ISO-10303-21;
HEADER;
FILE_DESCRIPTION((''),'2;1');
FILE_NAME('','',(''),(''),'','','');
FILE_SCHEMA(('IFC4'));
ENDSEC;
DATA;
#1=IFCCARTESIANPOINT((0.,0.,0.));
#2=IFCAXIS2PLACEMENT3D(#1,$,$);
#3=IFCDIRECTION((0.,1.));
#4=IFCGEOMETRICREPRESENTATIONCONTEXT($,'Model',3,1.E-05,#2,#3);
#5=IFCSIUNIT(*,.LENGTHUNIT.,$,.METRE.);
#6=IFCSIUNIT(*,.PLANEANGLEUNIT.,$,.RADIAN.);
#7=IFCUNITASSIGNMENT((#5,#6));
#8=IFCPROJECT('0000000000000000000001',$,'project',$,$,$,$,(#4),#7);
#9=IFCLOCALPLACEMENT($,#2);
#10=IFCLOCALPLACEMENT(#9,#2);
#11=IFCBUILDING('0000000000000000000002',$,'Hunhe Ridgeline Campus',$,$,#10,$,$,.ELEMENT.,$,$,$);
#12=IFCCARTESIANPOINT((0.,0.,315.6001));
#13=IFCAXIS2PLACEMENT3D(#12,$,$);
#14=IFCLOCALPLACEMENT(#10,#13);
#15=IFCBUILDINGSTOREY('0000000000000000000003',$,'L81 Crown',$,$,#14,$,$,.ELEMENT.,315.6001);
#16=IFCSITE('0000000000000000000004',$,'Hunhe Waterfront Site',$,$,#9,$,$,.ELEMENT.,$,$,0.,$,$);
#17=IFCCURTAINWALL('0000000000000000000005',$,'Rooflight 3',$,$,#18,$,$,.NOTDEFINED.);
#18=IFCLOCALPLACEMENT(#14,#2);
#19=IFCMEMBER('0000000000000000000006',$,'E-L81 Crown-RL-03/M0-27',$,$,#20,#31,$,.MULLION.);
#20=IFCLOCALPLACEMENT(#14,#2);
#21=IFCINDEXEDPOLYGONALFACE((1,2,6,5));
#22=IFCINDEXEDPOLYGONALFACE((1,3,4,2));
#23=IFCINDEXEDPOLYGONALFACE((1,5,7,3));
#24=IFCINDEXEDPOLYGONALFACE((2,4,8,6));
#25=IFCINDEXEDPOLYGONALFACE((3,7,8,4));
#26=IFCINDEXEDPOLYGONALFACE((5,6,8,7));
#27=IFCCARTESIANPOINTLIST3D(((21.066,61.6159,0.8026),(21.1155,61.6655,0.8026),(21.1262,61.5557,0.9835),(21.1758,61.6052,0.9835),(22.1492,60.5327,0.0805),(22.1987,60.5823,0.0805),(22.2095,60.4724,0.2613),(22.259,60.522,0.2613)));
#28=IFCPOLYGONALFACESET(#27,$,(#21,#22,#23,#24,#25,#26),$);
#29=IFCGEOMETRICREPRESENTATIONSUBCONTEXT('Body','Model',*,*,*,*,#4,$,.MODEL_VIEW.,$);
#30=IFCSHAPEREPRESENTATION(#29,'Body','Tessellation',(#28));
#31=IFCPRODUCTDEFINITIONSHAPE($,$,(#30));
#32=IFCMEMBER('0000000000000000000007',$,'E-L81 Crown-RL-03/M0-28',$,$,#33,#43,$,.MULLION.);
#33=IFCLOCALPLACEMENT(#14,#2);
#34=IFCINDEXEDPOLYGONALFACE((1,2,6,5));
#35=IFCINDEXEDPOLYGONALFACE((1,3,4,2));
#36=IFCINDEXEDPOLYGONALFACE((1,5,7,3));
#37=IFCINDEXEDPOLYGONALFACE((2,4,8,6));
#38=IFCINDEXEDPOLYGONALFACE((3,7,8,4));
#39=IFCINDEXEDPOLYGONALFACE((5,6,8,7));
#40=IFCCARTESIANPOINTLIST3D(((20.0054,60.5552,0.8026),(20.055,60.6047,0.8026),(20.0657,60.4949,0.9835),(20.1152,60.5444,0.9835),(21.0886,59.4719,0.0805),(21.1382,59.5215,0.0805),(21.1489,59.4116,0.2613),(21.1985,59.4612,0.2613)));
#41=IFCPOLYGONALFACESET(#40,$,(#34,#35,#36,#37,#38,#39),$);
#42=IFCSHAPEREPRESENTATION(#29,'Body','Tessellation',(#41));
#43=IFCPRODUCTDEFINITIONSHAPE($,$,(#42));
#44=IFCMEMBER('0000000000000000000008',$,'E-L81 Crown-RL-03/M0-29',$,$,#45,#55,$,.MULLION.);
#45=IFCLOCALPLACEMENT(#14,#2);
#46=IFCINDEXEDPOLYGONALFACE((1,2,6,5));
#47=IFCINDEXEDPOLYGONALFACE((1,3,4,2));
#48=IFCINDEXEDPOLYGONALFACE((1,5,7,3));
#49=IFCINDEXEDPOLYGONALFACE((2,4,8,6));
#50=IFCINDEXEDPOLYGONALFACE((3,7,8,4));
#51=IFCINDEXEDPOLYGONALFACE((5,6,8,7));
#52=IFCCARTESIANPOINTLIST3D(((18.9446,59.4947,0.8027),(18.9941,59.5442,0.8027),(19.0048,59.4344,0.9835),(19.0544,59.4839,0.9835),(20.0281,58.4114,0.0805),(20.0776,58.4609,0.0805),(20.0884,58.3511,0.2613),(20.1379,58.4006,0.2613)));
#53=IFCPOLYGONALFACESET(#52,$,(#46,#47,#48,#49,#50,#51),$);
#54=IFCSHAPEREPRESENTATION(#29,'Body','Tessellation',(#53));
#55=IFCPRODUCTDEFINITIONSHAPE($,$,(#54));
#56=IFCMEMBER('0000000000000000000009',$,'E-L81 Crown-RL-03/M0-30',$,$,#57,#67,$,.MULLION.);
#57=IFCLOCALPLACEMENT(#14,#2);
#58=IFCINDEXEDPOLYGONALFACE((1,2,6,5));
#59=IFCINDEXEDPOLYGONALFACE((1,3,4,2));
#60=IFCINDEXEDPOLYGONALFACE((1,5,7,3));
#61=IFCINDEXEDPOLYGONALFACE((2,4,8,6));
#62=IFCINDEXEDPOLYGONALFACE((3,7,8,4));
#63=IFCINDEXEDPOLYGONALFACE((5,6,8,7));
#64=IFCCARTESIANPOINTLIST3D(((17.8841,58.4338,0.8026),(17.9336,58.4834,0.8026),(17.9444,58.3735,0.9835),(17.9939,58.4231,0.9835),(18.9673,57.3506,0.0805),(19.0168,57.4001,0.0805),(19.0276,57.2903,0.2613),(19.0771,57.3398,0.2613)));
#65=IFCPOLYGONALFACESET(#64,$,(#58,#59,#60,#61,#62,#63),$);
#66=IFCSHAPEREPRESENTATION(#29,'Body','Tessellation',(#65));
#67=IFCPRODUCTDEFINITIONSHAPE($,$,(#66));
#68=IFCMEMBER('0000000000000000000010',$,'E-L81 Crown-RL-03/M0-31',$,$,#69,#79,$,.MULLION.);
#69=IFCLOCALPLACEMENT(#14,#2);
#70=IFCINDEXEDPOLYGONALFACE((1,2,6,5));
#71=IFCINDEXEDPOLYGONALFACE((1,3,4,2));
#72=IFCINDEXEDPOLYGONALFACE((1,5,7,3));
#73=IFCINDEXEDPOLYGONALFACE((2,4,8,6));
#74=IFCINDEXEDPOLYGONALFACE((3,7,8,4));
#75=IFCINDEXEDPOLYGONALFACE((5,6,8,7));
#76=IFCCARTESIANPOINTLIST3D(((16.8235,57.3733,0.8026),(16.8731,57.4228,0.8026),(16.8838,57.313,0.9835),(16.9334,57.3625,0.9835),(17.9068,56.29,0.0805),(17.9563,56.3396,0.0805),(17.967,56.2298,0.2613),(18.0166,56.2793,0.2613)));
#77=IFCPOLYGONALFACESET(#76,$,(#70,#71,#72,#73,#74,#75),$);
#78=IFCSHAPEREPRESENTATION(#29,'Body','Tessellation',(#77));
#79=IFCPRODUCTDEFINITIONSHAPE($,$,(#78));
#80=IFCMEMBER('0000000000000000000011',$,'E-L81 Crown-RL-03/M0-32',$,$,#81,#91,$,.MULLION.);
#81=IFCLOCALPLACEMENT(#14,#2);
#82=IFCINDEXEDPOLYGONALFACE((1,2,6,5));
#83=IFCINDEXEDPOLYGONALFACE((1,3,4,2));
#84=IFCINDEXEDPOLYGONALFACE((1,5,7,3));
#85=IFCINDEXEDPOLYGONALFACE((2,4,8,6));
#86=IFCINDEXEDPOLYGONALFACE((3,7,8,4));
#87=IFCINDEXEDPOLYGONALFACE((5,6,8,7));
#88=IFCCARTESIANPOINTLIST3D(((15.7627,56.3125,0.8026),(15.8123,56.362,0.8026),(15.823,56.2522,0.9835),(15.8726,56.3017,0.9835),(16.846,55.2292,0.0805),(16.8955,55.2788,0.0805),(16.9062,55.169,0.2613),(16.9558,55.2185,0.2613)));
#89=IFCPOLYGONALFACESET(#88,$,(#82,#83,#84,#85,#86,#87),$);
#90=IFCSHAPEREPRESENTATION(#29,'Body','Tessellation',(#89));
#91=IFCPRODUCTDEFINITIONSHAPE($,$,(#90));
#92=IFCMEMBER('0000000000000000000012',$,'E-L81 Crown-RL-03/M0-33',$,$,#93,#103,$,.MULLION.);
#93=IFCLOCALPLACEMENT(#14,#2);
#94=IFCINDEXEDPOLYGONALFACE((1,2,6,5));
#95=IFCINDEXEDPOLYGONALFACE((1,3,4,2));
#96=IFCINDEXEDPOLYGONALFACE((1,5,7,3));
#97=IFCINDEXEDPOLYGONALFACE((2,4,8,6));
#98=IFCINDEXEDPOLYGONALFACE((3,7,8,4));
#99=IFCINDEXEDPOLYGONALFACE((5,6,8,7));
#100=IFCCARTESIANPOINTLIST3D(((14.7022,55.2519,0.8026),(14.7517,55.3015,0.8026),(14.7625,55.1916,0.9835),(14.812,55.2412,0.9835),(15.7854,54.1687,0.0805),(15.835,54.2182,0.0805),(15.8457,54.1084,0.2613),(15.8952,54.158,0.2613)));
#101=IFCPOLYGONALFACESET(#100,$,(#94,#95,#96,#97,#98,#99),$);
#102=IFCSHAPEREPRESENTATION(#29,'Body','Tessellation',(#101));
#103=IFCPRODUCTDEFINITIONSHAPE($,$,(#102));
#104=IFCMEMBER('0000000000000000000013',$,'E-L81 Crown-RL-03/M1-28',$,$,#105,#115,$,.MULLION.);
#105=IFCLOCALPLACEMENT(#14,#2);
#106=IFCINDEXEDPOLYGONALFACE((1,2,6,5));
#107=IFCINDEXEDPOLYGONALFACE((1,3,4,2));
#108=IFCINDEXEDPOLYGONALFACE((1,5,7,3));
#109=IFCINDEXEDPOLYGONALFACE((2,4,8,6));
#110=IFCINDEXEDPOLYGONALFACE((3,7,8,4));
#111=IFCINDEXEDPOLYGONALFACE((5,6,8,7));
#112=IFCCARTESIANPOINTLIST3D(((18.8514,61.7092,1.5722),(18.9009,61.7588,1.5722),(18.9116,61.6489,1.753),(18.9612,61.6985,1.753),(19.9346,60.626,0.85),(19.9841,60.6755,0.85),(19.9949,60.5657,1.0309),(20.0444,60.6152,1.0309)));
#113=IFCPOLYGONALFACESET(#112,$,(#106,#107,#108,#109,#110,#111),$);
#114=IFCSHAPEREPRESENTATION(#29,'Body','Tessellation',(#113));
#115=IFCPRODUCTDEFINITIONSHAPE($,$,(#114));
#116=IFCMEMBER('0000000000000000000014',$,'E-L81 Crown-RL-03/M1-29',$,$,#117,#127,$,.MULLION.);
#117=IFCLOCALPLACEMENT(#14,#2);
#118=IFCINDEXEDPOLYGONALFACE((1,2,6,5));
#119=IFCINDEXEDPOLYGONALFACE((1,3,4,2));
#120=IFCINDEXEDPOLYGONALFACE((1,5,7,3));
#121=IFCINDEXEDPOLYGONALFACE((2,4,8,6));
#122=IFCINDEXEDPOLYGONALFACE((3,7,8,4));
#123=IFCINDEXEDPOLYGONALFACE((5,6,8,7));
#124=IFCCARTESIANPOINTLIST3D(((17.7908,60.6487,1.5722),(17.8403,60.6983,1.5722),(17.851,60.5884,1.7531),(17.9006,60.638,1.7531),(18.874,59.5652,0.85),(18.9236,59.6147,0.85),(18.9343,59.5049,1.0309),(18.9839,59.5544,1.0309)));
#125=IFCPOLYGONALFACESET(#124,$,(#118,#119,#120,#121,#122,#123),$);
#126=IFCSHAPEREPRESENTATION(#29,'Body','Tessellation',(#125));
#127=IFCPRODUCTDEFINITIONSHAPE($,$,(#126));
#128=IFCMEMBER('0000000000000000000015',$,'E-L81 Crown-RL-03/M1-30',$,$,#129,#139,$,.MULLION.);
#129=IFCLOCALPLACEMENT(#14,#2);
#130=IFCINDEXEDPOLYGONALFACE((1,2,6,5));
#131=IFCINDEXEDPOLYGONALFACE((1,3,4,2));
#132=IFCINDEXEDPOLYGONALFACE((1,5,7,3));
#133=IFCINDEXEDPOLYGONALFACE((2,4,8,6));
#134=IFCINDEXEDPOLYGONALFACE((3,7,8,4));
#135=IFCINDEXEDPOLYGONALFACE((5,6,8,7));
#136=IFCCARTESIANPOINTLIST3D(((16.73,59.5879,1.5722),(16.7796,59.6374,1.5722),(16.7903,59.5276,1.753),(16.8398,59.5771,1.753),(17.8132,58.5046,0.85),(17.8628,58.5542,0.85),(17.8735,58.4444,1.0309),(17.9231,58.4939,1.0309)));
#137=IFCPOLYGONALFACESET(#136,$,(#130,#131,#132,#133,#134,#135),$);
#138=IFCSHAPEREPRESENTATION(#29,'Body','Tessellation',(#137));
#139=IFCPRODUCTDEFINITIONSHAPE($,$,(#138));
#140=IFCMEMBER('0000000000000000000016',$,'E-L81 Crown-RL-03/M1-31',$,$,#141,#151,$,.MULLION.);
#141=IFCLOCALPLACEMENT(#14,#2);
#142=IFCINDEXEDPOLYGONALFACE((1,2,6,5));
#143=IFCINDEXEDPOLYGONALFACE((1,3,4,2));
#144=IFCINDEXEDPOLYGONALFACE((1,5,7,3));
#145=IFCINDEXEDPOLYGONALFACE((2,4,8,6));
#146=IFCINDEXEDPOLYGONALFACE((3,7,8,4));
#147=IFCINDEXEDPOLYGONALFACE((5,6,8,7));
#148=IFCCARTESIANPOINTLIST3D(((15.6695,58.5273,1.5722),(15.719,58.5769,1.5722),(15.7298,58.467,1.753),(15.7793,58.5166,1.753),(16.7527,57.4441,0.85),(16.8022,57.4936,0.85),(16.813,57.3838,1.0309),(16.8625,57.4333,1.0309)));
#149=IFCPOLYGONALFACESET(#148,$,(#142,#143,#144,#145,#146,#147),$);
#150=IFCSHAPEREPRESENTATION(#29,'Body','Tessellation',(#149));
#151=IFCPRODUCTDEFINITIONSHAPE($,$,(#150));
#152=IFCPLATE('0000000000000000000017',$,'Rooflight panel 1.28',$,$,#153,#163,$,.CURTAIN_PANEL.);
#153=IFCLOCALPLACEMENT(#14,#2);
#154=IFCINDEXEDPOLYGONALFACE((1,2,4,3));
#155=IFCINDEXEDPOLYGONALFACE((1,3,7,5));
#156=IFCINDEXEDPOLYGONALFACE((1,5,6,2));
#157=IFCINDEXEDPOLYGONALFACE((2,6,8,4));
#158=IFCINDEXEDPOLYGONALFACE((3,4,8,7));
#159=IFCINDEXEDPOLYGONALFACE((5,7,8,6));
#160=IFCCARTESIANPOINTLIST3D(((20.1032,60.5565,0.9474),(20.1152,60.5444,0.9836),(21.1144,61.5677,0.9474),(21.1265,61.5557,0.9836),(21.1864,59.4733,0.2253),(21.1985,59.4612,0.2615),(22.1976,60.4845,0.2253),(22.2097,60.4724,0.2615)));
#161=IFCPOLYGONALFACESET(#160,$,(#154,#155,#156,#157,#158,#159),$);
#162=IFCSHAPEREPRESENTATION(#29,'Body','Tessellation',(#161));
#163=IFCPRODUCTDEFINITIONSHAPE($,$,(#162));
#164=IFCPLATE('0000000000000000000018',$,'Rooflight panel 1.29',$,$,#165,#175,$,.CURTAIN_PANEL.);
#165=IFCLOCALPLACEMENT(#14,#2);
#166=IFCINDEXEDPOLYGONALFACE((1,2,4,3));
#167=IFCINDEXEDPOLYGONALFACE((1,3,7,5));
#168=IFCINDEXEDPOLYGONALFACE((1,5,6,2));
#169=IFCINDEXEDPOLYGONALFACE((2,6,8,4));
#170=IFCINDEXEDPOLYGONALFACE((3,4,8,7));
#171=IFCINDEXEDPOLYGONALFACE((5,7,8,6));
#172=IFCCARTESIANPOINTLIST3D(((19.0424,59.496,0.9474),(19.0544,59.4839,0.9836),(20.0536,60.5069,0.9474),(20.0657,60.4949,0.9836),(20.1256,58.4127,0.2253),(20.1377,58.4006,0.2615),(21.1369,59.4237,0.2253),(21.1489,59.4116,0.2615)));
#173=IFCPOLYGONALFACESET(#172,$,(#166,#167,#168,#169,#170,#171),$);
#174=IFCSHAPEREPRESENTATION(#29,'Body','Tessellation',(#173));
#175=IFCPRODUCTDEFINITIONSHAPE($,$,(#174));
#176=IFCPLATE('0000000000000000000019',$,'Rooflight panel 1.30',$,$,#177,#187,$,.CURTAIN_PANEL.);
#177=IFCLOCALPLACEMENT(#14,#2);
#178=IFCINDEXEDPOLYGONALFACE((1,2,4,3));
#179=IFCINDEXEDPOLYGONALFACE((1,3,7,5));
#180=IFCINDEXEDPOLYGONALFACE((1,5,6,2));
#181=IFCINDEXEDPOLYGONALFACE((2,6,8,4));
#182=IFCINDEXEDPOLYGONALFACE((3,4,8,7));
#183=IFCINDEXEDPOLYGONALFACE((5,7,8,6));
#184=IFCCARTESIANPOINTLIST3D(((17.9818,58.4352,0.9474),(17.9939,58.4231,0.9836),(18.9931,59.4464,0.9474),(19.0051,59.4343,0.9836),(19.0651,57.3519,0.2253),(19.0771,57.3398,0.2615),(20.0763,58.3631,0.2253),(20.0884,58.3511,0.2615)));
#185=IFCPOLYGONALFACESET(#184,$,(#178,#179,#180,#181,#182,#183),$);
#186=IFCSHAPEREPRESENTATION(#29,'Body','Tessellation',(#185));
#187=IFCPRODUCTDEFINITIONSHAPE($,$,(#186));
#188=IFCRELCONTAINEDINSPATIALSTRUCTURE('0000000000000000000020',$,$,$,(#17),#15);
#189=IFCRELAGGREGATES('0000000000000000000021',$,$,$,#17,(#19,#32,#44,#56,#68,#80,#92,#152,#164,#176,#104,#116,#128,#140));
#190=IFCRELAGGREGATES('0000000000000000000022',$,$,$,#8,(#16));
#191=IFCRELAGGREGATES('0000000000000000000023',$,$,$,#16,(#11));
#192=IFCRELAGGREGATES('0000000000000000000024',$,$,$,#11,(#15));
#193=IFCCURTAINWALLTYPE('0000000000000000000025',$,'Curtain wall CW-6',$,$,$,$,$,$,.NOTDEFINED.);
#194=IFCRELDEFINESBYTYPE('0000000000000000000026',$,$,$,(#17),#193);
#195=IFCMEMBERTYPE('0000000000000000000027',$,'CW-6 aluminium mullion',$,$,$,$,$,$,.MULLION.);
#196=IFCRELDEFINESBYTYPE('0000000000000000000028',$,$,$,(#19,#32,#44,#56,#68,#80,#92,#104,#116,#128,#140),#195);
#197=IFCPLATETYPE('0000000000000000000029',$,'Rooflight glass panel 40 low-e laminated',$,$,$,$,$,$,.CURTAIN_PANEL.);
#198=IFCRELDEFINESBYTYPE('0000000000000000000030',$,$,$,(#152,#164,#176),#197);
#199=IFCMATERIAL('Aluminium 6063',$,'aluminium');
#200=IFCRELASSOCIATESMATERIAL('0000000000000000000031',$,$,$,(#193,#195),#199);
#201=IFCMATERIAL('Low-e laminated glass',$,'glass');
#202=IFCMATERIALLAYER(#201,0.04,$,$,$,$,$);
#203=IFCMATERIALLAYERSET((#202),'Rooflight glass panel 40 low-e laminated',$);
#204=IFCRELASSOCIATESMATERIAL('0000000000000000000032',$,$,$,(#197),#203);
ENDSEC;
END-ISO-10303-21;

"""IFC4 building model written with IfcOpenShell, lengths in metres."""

from ifc_helpers import new_model, si_unit, direction, frame, origin, origin_2d, place, context, subcontext, project, spatial, polyline, rectangle, outline, extrude, material, layer, layer_set, material_profile, profile_set, type_object, element, aggregate, save


model = new_model("IFC4")

# Units and contexts
model_context = context("Model", 3, precision=1e-05, world=origin(), true_north=direction((0.0, 1.0)))
body_context = subcontext(model_context, "Body", "Model", "MODEL_VIEW")
ifc_project = project(units=[si_unit("LENGTHUNIT", "METRE"), si_unit("PLANEANGLEUNIT", "RADIAN")], contexts=[model_context])

# Site, building, storey
site_placement = place(None, origin())
site = spatial("IfcSite", under=ifc_project, at=site_placement, Name="Hunhe Waterfront Site", CompositionType="ELEMENT", RefElevation=0.0)
building_placement = place(site_placement, origin())
building = spatial("IfcBuilding", under=site, at=building_placement, Name="Hunhe Ridgeline Campus", CompositionType="ELEMENT")
storey_placement = place(building_placement, frame((0.0, 0.0, 315.6001)))
storey = spatial("IfcBuildingStorey", under=building, at=storey_placement, Name="L81 Crown", CompositionType="ELEMENT", Elevation=315.6001)

# Curtain wall, members, plates
ifc_material_1 = material(Name="Aluminium 6063", Category="aluminium")
curtain_wall_type = type_object("IfcCurtainWallType", Name="Curtain wall CW-6", PredefinedType="NOTDEFINED", material=ifc_material_1)
curtain_wall_placement = place(storey_placement, origin())
curtain_wall = element("IfcCurtainWall", 1, at=curtain_wall_placement, inside=storey, type_object=curtain_wall_type, Name="Rooflight 3", PredefinedType="NOTDEFINED")
ifc_material_profile = material_profile(ifc_material_1, rectangle(XDim=0.0701, YDim=0.2, at=origin_2d()))
ifc_profile_set = profile_set([ifc_material_profile], Name="Aluminium 6063")
member_type = type_object("IfcMemberType", Name="CW-6 aluminium mullion", PredefinedType="MULLION", material=ifc_profile_set)
member_1_placement = place(storey_placement, frame((22.2041, 60.5273, 0.1709), z_axis=(-0.639602, 0.639602, 0.426401), x_axis=(-0.707107, -0.707107, 0.0)))
member_1 = element("IfcMember", 2, at=member_1_placement, type_object=member_type, Name="E-L81 Crown-RL-03/M0-27", PredefinedType="MULLION", context=body_context, shape_type="SweptSolid", body=[
    extrude(rectangle(XDim=0.0701, YDim=0.2, at=origin_2d()), origin(), (0.0, 0.0, 1.0), 1.6936),
])
member_2_placement = place(storey_placement, frame((21.1436, 59.4666, 0.1709), z_axis=(-0.639602, 0.639602, 0.426401), x_axis=(-0.707107, -0.707107, 0.0)))
member_2 = element("IfcMember", 3, at=member_2_placement, type_object=member_type, Name="E-L81 Crown-RL-03/M0-28", PredefinedType="MULLION", context=body_context, shape_type="SweptSolid", body=[
    extrude(rectangle(XDim=0.0701, YDim=0.2, at=origin_2d()), origin(), (0.0, 0.0, 1.0), 1.6936),
])
member_3_placement = place(storey_placement, frame((20.083, 58.406, 0.1709), z_axis=(-0.639687, 0.639543, 0.426362), x_axis=(-0.707027, -0.707186, 0.0)))
member_3 = element("IfcMember", 4, at=member_3_placement, type_object=member_type, Name="E-L81 Crown-RL-03/M0-29", PredefinedType="MULLION", context=body_context, shape_type="SweptSolid", body=[
    extrude(rectangle(XDim=0.0701, YDim=0.2, at=origin_2d()), origin(), (0.0, 0.0, 1.0), 1.6938),
])
member_4_placement = place(storey_placement, frame((19.0222, 57.3452, 0.1709), z_axis=(-0.639602, 0.639602, 0.426401), x_axis=(-0.707107, -0.707107, 0.0)))
member_4 = element("IfcMember", 5, at=member_4_placement, type_object=member_type, Name="E-L81 Crown-RL-03/M0-30", PredefinedType="MULLION", context=body_context, shape_type="SweptSolid", body=[
    extrude(rectangle(XDim=0.0701, YDim=0.2, at=origin_2d()), origin(), (0.0, 0.0, 1.0), 1.6936),
])
member_5_placement = place(storey_placement, frame((17.9617, 56.2847, 0.1709), z_axis=(-0.639602, 0.639602, 0.426401), x_axis=(-0.707107, -0.707107, 0.0)))
member_5 = element("IfcMember", 6, at=member_5_placement, type_object=member_type, Name="E-L81 Crown-RL-03/M0-31", PredefinedType="MULLION", context=body_context, shape_type="SweptSolid", body=[
    extrude(rectangle(XDim=0.0701, YDim=0.2, at=origin_2d()), origin(), (0.0, 0.0, 1.0), 1.6936),
])
member_6_placement = place(storey_placement, frame((16.9009, 55.2239, 0.1709), z_axis=(-0.639602, 0.639602, 0.426401), x_axis=(-0.707107, -0.707107, 0.0)))
member_6 = element("IfcMember", 7, at=member_6_placement, type_object=member_type, Name="E-L81 Crown-RL-03/M0-32", PredefinedType="MULLION", context=body_context, shape_type="SweptSolid", body=[
    extrude(rectangle(XDim=0.0701, YDim=0.2, at=origin_2d()), origin(), (0.0, 0.0, 1.0), 1.6936),
])
member_7_placement = place(storey_placement, frame((15.8403, 54.1633, 0.1709), z_axis=(-0.639602, 0.639602, 0.426401), x_axis=(-0.707107, -0.707107, 0.0)))
member_7 = element("IfcMember", 8, at=member_7_placement, type_object=member_type, Name="E-L81 Crown-RL-03/M0-33", PredefinedType="MULLION", context=body_context, shape_type="SweptSolid", body=[
    extrude(rectangle(XDim=0.0701, YDim=0.2, at=origin_2d()), origin(), (0.0, 0.0, 1.0), 1.6936),
])
member_8_placement = place(storey_placement, frame((19.9895, 60.6206, 0.9404), z_axis=(-0.639602, 0.639602, 0.426401), x_axis=(-0.707107, -0.707107, 0.0)))
member_8 = element("IfcMember", 9, at=member_8_placement, type_object=member_type, Name="E-L81 Crown-RL-03/M1-28", PredefinedType="MULLION", context=body_context, shape_type="SweptSolid", body=[
    extrude(rectangle(XDim=0.0701, YDim=0.2, at=origin_2d()), origin(), (0.0, 0.0, 1.0), 1.6936),
])
member_9_placement = place(storey_placement, frame((18.929, 59.5598, 0.9404), z_axis=(-0.639543, 0.639687, 0.426362), x_axis=(-0.707186, -0.707027, 0.0)))
member_9 = element("IfcMember", 10, at=member_9_placement, type_object=member_type, Name="E-L81 Crown-RL-03/M1-29", PredefinedType="MULLION", context=body_context, shape_type="SweptSolid", body=[
    extrude(rectangle(XDim=0.0701, YDim=0.2, at=origin_2d()), origin(), (0.0, 0.0, 1.0), 1.6938),
])
member_10_placement = place(storey_placement, frame((17.8682, 58.4993, 0.9404), z_axis=(-0.639602, 0.639602, 0.426401), x_axis=(-0.707107, -0.707107, 0.0)))
member_10 = element("IfcMember", 11, at=member_10_placement, type_object=member_type, Name="E-L81 Crown-RL-03/M1-30", PredefinedType="MULLION", context=body_context, shape_type="SweptSolid", body=[
    extrude(rectangle(XDim=0.0701, YDim=0.2, at=origin_2d()), origin(), (0.0, 0.0, 1.0), 1.6936),
])
member_11_placement = place(storey_placement, frame((16.8076, 57.4387, 0.9404), z_axis=(-0.639602, 0.639602, 0.426401), x_axis=(-0.707107, -0.707107, 0.0)))
member_11 = element("IfcMember", 12, at=member_11_placement, type_object=member_type, Name="E-L81 Crown-RL-03/M1-31", PredefinedType="MULLION", context=body_context, shape_type="SweptSolid", body=[
    extrude(rectangle(XDim=0.0701, YDim=0.2, at=origin_2d()), origin(), (0.0, 0.0, 1.0), 1.6936),
])
ifc_material_2 = material(Name="Low-e laminated glass", Category="glass")
ifc_layer = layer(ifc_material_2, 0.04)
ifc_layer_set = layer_set([ifc_layer], Name="Rooflight glass panel 40 low-e laminated")
plate_type = type_object("IfcPlateType", Name="Rooflight glass panel 40 low-e laminated", PredefinedType="CURTAIN_PANEL", material=ifc_layer_set)
plate_1_placement = place(storey_placement, frame((22.2097, 60.4724, 0.2615), z_axis=(0.301511, -0.301511, 0.904534), x_axis=(-0.639602, 0.639602, 0.426401)))
plate_1 = element("IfcPlate", 13, at=plate_1_placement, type_object=plate_type, Name="Rooflight panel 1.28", PredefinedType="CURTAIN_PANEL", context=body_context, shape_type="SweptSolid", body=[
    extrude(outline(polyline([(0.0, 0.0), (1.6936, 0.0), (1.6936, 1.4301), (0.0, 1.4301), (0.0, 0.0)])), origin(), (0.0, 0.0, -1.0), 0.04),
])
plate_2_placement = place(storey_placement, frame((21.1489, 59.4116, 0.2615), z_axis=(0.301475, -0.301548, 0.904534), x_axis=(-0.639602, 0.639602, 0.426401)))
plate_2 = element("IfcPlate", 14, at=plate_2_placement, type_object=plate_type, Name="Rooflight panel 1.29", PredefinedType="CURTAIN_PANEL", context=body_context, shape_type="SweptSolid", body=[
    extrude(outline(polyline([(0.0, 0.0), (1.6936, 0.0), (1.6938, 1.4299), (0.0002, 1.4299), (0.0, 0.0)])), origin(), (0.0, 0.0, -1.0), 0.04),
])
plate_3_placement = place(storey_placement, frame((20.0884, 58.3511, 0.2615), z_axis=(0.301511, -0.301511, 0.904534), x_axis=(-0.639602, 0.639602, 0.426401)))
plate_3 = element("IfcPlate", 15, at=plate_3_placement, type_object=plate_type, Name="Rooflight panel 1.30", PredefinedType="CURTAIN_PANEL", context=body_context, shape_type="SweptSolid", body=[
    extrude(outline(polyline([(0.0, 0.0), (1.6936, 0.0), (1.6936, 1.4301), (0.0, 1.4301), (0.0, 0.0)])), origin(), (0.0, 0.0, -1.0), 0.04),
])
aggregate(curtain_wall, [member_1, member_2, member_3, member_4, member_5, member_6, member_7, plate_1, plate_2, plate_3, member_8, member_9, member_10, member_11])

save(model, "model.ifc")
